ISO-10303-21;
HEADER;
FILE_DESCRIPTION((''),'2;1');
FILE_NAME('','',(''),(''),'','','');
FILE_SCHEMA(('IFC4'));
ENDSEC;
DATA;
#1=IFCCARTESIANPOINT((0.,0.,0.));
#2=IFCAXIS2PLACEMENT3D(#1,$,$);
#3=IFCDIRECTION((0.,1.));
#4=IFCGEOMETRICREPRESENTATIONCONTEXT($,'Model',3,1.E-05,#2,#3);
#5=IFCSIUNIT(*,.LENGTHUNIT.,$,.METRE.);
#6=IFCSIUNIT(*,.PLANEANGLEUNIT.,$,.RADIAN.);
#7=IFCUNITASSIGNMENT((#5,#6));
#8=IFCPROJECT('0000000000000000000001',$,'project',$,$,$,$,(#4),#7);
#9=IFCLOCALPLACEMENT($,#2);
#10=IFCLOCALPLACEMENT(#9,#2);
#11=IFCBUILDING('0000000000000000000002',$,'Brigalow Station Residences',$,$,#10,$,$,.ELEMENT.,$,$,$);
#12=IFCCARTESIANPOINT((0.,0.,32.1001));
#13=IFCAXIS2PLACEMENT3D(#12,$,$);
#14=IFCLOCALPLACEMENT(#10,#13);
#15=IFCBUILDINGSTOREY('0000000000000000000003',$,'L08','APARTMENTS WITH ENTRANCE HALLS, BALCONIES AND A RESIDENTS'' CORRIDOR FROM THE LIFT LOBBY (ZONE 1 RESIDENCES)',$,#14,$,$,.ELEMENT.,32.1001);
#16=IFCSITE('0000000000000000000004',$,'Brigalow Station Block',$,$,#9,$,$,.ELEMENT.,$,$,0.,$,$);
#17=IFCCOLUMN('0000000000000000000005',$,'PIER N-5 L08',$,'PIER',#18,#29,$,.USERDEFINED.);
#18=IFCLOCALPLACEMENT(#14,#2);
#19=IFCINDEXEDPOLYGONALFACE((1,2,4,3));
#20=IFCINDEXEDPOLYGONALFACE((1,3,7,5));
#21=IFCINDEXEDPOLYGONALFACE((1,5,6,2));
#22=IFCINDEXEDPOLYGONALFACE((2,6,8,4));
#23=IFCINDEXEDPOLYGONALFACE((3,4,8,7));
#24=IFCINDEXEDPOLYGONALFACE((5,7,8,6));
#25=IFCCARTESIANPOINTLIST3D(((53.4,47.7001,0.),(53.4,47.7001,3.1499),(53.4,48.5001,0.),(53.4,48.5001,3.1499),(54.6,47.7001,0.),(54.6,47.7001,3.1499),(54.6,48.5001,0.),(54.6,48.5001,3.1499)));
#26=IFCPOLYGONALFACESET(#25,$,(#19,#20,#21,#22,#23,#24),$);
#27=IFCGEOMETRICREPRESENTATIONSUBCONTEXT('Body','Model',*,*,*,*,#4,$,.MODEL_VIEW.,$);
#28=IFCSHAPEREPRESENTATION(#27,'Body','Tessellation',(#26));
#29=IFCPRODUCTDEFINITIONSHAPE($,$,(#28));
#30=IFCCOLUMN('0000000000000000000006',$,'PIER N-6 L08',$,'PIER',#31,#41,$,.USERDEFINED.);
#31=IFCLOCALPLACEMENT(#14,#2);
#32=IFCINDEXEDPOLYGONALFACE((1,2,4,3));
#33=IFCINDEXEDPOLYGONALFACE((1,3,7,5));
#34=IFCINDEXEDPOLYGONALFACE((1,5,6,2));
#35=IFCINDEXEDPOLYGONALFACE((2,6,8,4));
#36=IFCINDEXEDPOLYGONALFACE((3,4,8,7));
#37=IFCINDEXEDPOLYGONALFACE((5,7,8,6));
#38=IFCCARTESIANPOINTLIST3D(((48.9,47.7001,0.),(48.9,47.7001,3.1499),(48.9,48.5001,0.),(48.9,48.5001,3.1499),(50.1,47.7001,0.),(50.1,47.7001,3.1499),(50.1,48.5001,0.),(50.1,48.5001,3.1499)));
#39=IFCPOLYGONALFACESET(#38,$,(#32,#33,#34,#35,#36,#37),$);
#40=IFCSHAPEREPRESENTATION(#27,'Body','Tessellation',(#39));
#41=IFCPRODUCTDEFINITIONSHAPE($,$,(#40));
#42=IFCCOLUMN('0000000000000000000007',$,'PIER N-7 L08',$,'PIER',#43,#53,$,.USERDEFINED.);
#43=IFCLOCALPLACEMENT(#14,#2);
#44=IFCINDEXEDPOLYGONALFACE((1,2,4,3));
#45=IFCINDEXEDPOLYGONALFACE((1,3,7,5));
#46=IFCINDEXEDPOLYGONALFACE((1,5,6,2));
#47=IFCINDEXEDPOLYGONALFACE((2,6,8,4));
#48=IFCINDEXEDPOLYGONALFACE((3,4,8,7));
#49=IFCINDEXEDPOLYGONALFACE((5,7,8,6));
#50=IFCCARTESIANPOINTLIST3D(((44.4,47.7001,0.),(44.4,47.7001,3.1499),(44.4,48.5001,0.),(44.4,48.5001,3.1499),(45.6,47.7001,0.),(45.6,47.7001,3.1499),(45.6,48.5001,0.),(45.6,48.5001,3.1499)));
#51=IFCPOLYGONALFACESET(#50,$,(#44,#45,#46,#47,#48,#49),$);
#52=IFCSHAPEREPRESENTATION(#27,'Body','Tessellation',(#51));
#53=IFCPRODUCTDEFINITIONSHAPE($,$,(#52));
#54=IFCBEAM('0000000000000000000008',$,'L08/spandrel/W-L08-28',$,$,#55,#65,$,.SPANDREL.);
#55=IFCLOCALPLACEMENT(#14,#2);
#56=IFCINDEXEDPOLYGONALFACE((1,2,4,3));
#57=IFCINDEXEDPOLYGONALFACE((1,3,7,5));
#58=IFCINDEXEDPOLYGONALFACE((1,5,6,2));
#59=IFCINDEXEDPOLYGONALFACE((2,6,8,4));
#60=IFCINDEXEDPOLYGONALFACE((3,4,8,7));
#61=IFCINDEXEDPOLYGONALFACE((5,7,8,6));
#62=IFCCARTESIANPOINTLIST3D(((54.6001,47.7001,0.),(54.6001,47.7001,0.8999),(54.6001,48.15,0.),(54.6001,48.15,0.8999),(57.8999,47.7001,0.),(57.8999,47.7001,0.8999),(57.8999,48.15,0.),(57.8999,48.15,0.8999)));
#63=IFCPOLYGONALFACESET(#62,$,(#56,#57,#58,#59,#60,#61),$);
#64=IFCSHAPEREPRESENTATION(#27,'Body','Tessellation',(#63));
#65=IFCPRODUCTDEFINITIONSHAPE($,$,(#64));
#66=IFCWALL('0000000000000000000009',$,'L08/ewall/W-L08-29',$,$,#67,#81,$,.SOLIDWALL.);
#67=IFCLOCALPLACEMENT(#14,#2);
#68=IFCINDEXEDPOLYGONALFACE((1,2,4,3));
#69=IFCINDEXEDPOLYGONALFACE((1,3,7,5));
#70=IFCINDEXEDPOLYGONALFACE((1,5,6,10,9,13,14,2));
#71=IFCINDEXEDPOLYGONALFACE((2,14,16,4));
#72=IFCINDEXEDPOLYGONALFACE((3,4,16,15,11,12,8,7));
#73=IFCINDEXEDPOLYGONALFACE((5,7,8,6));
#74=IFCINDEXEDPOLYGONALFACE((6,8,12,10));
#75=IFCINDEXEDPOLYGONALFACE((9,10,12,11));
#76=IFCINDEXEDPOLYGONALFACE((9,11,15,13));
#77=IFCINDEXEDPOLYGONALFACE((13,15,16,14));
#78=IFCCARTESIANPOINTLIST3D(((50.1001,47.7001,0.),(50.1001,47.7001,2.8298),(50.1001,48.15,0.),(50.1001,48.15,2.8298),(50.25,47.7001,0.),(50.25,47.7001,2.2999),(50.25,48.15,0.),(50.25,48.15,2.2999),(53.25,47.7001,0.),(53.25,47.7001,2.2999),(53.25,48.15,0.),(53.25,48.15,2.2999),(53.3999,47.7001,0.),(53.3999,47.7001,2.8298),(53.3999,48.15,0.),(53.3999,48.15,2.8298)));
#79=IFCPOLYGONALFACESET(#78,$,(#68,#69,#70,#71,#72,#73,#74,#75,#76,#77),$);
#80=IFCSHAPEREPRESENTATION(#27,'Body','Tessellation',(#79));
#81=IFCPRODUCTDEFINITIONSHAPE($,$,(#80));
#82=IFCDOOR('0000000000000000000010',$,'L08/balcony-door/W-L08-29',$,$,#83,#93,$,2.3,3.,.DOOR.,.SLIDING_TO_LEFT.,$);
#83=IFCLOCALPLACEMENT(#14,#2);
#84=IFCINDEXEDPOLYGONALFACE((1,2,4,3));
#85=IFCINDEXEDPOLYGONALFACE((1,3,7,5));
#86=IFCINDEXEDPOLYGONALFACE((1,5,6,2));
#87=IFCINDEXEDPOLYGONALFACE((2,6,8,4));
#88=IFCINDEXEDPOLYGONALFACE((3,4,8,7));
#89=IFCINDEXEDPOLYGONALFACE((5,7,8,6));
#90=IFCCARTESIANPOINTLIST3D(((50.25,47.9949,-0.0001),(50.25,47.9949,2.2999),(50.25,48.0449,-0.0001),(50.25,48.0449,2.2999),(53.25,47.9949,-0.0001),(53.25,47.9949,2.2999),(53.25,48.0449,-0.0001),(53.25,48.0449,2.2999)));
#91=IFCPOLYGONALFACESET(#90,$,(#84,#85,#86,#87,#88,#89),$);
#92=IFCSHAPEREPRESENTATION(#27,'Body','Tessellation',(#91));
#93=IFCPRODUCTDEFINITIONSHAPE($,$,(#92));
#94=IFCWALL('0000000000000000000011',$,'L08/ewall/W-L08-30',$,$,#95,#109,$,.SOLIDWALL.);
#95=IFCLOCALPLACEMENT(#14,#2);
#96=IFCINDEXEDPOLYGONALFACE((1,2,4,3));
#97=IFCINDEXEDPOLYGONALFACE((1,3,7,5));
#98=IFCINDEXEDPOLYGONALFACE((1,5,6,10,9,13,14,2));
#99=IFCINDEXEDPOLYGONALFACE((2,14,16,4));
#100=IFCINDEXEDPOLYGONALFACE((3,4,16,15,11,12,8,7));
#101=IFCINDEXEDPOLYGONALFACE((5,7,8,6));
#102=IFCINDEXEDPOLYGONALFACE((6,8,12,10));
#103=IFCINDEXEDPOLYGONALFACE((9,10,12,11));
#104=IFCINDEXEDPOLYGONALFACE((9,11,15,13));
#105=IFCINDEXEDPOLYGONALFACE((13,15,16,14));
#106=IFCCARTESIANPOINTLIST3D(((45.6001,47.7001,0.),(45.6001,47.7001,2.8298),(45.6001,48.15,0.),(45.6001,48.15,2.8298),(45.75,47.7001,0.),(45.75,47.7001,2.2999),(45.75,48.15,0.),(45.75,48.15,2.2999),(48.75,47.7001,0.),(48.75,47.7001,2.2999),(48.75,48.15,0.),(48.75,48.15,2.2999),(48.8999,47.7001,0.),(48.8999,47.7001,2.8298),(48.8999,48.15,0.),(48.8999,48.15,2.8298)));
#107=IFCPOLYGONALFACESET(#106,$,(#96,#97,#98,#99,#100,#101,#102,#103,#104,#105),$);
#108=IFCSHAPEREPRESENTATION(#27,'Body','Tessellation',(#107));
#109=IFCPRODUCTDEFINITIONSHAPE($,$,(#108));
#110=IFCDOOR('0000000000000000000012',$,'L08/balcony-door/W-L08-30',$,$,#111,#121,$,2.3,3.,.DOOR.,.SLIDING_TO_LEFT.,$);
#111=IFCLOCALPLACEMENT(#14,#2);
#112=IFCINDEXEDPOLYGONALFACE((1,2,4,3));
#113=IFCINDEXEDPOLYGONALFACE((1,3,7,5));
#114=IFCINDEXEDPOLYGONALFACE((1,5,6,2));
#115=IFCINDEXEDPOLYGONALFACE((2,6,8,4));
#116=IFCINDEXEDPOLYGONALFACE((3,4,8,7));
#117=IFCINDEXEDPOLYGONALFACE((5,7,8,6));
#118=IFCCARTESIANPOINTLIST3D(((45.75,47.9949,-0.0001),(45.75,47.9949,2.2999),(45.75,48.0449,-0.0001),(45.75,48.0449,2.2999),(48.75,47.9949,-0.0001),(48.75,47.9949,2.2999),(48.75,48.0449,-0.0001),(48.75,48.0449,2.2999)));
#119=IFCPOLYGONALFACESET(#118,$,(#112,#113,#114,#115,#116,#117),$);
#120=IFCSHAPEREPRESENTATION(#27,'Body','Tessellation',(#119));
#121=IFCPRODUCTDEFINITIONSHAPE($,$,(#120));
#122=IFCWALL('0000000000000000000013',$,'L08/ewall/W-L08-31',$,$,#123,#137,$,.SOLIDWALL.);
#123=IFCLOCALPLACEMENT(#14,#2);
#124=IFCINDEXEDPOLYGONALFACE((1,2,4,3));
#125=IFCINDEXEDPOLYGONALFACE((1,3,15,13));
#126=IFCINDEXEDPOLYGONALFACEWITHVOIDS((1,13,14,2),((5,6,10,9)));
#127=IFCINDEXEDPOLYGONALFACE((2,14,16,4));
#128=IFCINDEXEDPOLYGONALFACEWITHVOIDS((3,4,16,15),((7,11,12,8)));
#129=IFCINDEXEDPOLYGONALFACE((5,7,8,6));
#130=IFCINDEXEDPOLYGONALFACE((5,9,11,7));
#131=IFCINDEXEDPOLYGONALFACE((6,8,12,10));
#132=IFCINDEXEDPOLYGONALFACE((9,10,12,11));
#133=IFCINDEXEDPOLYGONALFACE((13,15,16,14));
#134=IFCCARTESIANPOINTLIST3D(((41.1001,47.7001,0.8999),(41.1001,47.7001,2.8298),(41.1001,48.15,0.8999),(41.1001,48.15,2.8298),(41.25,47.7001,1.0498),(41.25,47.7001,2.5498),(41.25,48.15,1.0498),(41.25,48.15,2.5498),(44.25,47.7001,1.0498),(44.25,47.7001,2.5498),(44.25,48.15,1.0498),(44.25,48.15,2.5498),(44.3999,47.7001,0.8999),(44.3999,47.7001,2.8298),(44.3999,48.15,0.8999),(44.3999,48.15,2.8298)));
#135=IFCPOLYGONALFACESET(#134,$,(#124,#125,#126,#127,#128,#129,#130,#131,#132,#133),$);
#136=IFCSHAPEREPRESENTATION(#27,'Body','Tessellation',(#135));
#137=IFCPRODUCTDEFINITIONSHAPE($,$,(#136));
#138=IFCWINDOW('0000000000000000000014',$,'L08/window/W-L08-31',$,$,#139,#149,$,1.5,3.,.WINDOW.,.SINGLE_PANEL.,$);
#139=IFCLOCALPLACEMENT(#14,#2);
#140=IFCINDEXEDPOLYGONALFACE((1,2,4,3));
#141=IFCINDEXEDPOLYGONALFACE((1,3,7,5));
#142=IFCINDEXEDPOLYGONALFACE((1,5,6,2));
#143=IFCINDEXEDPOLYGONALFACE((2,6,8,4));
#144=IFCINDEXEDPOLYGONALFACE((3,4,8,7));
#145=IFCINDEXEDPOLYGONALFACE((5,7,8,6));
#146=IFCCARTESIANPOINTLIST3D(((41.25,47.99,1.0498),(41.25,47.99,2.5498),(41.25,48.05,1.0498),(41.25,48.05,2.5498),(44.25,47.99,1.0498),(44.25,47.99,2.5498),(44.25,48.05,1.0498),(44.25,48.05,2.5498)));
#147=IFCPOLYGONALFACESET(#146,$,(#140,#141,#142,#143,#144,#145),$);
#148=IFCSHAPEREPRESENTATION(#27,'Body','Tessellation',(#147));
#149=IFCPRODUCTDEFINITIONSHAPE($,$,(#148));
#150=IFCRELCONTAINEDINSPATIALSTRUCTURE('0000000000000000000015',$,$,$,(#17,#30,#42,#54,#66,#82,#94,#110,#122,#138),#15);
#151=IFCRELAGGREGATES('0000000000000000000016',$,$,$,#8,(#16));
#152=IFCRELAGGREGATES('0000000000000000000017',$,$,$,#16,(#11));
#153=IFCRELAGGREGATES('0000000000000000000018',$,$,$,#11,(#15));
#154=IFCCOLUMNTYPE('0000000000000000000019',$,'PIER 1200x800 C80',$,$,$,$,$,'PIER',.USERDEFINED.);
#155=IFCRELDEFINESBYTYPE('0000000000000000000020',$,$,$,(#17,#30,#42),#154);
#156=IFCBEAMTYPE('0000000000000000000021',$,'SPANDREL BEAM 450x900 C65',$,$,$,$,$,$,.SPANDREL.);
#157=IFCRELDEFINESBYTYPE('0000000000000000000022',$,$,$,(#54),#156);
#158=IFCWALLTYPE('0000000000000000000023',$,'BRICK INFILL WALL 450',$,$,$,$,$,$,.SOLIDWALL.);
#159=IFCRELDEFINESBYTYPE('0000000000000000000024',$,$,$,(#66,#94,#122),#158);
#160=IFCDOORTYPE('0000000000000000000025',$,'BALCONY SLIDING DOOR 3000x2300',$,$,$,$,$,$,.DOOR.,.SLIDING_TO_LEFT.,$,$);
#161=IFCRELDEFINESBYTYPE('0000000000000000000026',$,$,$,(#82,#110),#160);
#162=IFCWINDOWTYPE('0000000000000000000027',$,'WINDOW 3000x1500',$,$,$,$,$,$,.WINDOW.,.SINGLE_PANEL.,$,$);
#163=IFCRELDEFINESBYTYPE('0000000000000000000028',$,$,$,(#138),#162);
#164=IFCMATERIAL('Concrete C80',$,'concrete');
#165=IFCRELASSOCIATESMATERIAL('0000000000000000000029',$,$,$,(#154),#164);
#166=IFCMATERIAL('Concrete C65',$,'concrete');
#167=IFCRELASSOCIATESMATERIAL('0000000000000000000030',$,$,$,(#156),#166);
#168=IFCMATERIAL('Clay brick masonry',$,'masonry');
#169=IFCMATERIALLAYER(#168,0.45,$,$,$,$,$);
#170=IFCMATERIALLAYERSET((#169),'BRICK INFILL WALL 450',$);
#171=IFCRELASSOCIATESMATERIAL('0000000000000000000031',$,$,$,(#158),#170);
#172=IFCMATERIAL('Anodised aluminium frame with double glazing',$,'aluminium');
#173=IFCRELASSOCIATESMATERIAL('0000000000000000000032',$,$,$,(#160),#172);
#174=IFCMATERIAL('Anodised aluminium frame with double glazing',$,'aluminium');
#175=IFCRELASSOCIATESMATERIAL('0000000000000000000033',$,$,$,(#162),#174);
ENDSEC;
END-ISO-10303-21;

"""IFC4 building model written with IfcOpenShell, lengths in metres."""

from ifc_helpers import new_model, si_unit, direction, frame, frame_2d, origin, origin_2d, place, context, subcontext, project, spatial, rectangle, extrude, material, layer, layer_set, material_profile, profile_set, type_object, element, fill, save


model = new_model("IFC4")

# Units and contexts
model_context = context("Model", 3, precision=1e-05, world=origin(), true_north=direction((0.0, 1.0)))
body_context = subcontext(model_context, "Body", "Model", "MODEL_VIEW")
ifc_project = project(units=[si_unit("LENGTHUNIT", "METRE"), si_unit("PLANEANGLEUNIT", "RADIAN")], contexts=[model_context])

# Site, building, storey
site_placement = place(None, origin())
site = spatial("IfcSite", under=ifc_project, at=site_placement, Name="Brigalow Station Block", CompositionType="ELEMENT", RefElevation=0.0)
building_placement = place(site_placement, origin())
building = spatial("IfcBuilding", under=site, at=building_placement, Name="Brigalow Station Residences", CompositionType="ELEMENT")
storey_placement = place(building_placement, frame((0.0, 0.0, 32.1001)))
storey = spatial("IfcBuildingStorey", under=building, at=storey_placement, Name="L08", Description="APARTMENTS WITH ENTRANCE HALLS, BALCONIES AND A RESIDENTS' CORRIDOR FROM THE LIFT LOBBY (ZONE 1 RESIDENCES)", CompositionType="ELEMENT", Elevation=32.1001)

# Columns
ifc_material_1 = material(Name="Concrete C80", Category="concrete")
ifc_material_profile_1 = material_profile(ifc_material_1, rectangle(XDim=1.2, YDim=0.8, at=origin_2d()), Name="RC1200x800")
ifc_profile_set_1 = profile_set([ifc_material_profile_1], Name="Concrete C80")
column_type = type_object("IfcColumnType", Name="PIER 1200x800 C80", ElementType="PIER", PredefinedType="USERDEFINED", material=ifc_profile_set_1)
for number, where, z_axis, x_axis, name in (
    (1, (54.0, 48.1001, 0.0), (0.0, 0.0, 1.0), (-1.0, 0.0, 0.0), "PIER N-5 L08"),
    (2, (49.5, 48.1001, 0.0), (0.0, 0.0, 1.0), (-1.0, 0.0, 0.0), "PIER N-6 L08"),
    (3, (45.0, 48.1001, 0.0), (0.0, 0.0, 1.0), (-1.0, 0.0, 0.0), "PIER N-7 L08"),
):
    element("IfcColumn", number, at=place(storey_placement, frame(where, z_axis=z_axis, x_axis=x_axis)), inside=storey, type_object=column_type, Name=name, ObjectType="PIER", PredefinedType="USERDEFINED", context=body_context, shape_type="SweptSolid", body=[
        extrude(rectangle(XDim=1.2, YDim=0.8, at=origin_2d()), origin(), (0.0, 0.0, 1.0), 3.1499),
    ])

# Beam
ifc_material_2 = material(Name="Concrete C65", Category="concrete")
ifc_material_profile_2 = material_profile(ifc_material_2, rectangle(XDim=0.45, YDim=0.8999, at=origin_2d()), Name="RC450x900")
ifc_profile_set_2 = profile_set([ifc_material_profile_2], Name="Concrete C65")
beam_type = type_object("IfcBeamType", Name="SPANDREL BEAM 450x900 C65", PredefinedType="SPANDREL", material=ifc_profile_set_2)
beam_placement = place(storey_placement, frame((57.8999, 47.925, 0.45), z_axis=(-1.0, 0.0, 0.0), x_axis=(0.0, -1.0, 0.0)))
element("IfcBeam", 4, at=beam_placement, inside=storey, type_object=beam_type, Name="L08/spandrel/W-L08-28", PredefinedType="SPANDREL", context=body_context, shape_type="SweptSolid", body=[
    extrude(rectangle(XDim=0.45, YDim=0.8999, at=origin_2d()), origin(), (0.0, 0.0, 1.0), 3.2998),
])

# Walls, openings, doors
ifc_material_3 = material(Name="Clay brick masonry", Category="masonry")
ifc_layer_1 = layer(ifc_material_3, 0.45)
ifc_layer_set_1 = layer_set([ifc_layer_1], Name="BRICK INFILL WALL 450")
wall_type_1 = type_object("IfcWallType", Name="BRICK INFILL WALL 450", PredefinedType="SOLIDWALL", material=ifc_layer_set_1)
wall_1_placement = place(storey_placement, frame((53.3999, 47.925, 0.0), z_axis=(0.0, 0.0, 1.0), x_axis=(-1.0, 0.0, 0.0)))
wall_1 = element("IfcWall", 5, at=wall_1_placement, inside=storey, type_object=wall_type_1, Name="L08/ewall/W-L08-29", PredefinedType="SOLIDWALL", context=body_context, shape_type="SweptSolid", body=[
    extrude(rectangle(XDim=3.2998, YDim=0.45, at=frame_2d((1.6499, 0.0))), origin(), (0.0, 0.0, 1.0), 2.8298),
])
opening_1_placement = place(wall_1_placement, frame((0.1499, 0.0, 0.0)))
opening_1 = element("IfcOpeningElement", 6, at=opening_1_placement, cuts=wall_1, PredefinedType="OPENING", context=body_context, shape_type="SweptSolid", body=[
    extrude(rectangle(XDim=3.0, YDim=2.3, at=frame_2d((1.5, 1.1499))), frame((0.0, 0.2349, 0.0), z_axis=(0.0, -1.0, 0.0), x_axis=(1.0, 0.0, 0.0)), (0.0, 0.0, 1.0), 0.47),
])
ifc_material_4 = material(Name="Anodised aluminium frame with double glazing", Category="aluminium")
door_type_1 = type_object("IfcDoorType", Name="BALCONY SLIDING DOOR 3000x2300", OperationType="SLIDING_TO_LEFT", PredefinedType="DOOR", material=ifc_material_4)
door_1_placement = place(opening_1_placement, origin())
door_1 = element("IfcDoor", 7, at=door_1_placement, inside=storey, type_object=door_type_1, Name="L08/balcony-door/W-L08-29", OperationType="SLIDING_TO_LEFT", OverallHeight=2.3, OverallWidth=3.0, PredefinedType="DOOR", context=body_context, shape_type="SweptSolid", body=[
    extrude(rectangle(XDim=3.0, YDim=2.3, at=frame_2d((1.5, 1.1499))), frame((0.0, -0.0698, 0.0), z_axis=(0.0, -1.0, 0.0), x_axis=(1.0, 0.0, 0.0)), (0.0, 0.0, 1.0), 0.05),
])
fill(opening_1, door_1)
wall_2_placement = place(storey_placement, frame((48.8999, 47.925, 0.0), z_axis=(0.0, 0.0, 1.0), x_axis=(-1.0, 0.0, 0.0)))
wall_2 = element("IfcWall", 8, at=wall_2_placement, inside=storey, type_object=wall_type_1, Name="L08/ewall/W-L08-30", PredefinedType="SOLIDWALL", context=body_context, shape_type="SweptSolid", body=[
    extrude(rectangle(XDim=3.2998, YDim=0.45, at=frame_2d((1.6499, 0.0))), origin(), (0.0, 0.0, 1.0), 2.8298),
])
opening_2_placement = place(wall_2_placement, frame((0.1499, 0.0, 0.0)))
opening_2 = element("IfcOpeningElement", 9, at=opening_2_placement, cuts=wall_2, PredefinedType="OPENING", context=body_context, shape_type="SweptSolid", body=[
    extrude(rectangle(XDim=3.0, YDim=2.3, at=frame_2d((1.5, 1.1499))), frame((0.0, 0.2349, 0.0), z_axis=(0.0, -1.0, 0.0), x_axis=(1.0, 0.0, 0.0)), (0.0, 0.0, 1.0), 0.47),
])
door_2_placement = place(opening_2_placement, origin())
door_2 = element("IfcDoor", 10, at=door_2_placement, inside=storey, type_object=door_type_1, Name="L08/balcony-door/W-L08-30", OperationType="SLIDING_TO_LEFT", OverallHeight=2.3, OverallWidth=3.0, PredefinedType="DOOR", context=body_context, shape_type="SweptSolid", body=[
    extrude(rectangle(XDim=3.0, YDim=2.3, at=frame_2d((1.5, 1.1499))), frame((0.0, -0.0698, 0.0), z_axis=(0.0, -1.0, 0.0), x_axis=(1.0, 0.0, 0.0)), (0.0, 0.0, 1.0), 0.05),
])
fill(opening_2, door_2)

# Wall, opening, window
wall_3_placement = place(storey_placement, frame((44.3999, 47.925, 0.8999), z_axis=(0.0, 0.0, 1.0), x_axis=(-1.0, 0.0, 0.0)))
wall_3 = element("IfcWall", 11, at=wall_3_placement, inside=storey, type_object=wall_type_1, Name="L08/ewall/W-L08-31", PredefinedType="SOLIDWALL", context=body_context, shape_type="SweptSolid", body=[
    extrude(rectangle(XDim=3.2998, YDim=0.45, at=frame_2d((1.6499, 0.0))), origin(), (0.0, 0.0, 1.0), 1.9299),
])
opening_3_placement = place(wall_3_placement, frame((0.1499, 0.0, 0.1499)))
opening_3 = element("IfcOpeningElement", 12, at=opening_3_placement, cuts=wall_3, PredefinedType="OPENING", context=body_context, shape_type="SweptSolid", body=[
    extrude(rectangle(XDim=3.0, YDim=1.5, at=frame_2d((1.5, 0.75))), frame((0.0, 0.2349, 0.0), z_axis=(0.0, -1.0, 0.0), x_axis=(1.0, 0.0, 0.0)), (0.0, 0.0, 1.0), 0.47),
])
ifc_material_5 = material(Name="Anodised aluminium frame with double glazing", Category="aluminium")
window_type = type_object("IfcWindowType", Name="WINDOW 3000x1500", PartitioningType="SINGLE_PANEL", PredefinedType="WINDOW", material=ifc_material_5)
window_placement = place(opening_3_placement, origin())
window = element("IfcWindow", 13, at=window_placement, inside=storey, type_object=window_type, Name="L08/window/W-L08-31", OverallHeight=1.5, OverallWidth=3.0, PartitioningType="SINGLE_PANEL", PredefinedType="WINDOW", context=body_context, shape_type="SweptSolid", body=[
    extrude(rectangle(XDim=3.0, YDim=1.5, at=frame_2d((1.5, 0.75))), frame((0.0, -0.0649, 0.0), z_axis=(0.0, -1.0, 0.0), x_axis=(1.0, 0.0, 0.0)), (0.0, 0.0, 1.0), 0.0601),
])
fill(opening_3, window)

save(model, "model.ifc")
